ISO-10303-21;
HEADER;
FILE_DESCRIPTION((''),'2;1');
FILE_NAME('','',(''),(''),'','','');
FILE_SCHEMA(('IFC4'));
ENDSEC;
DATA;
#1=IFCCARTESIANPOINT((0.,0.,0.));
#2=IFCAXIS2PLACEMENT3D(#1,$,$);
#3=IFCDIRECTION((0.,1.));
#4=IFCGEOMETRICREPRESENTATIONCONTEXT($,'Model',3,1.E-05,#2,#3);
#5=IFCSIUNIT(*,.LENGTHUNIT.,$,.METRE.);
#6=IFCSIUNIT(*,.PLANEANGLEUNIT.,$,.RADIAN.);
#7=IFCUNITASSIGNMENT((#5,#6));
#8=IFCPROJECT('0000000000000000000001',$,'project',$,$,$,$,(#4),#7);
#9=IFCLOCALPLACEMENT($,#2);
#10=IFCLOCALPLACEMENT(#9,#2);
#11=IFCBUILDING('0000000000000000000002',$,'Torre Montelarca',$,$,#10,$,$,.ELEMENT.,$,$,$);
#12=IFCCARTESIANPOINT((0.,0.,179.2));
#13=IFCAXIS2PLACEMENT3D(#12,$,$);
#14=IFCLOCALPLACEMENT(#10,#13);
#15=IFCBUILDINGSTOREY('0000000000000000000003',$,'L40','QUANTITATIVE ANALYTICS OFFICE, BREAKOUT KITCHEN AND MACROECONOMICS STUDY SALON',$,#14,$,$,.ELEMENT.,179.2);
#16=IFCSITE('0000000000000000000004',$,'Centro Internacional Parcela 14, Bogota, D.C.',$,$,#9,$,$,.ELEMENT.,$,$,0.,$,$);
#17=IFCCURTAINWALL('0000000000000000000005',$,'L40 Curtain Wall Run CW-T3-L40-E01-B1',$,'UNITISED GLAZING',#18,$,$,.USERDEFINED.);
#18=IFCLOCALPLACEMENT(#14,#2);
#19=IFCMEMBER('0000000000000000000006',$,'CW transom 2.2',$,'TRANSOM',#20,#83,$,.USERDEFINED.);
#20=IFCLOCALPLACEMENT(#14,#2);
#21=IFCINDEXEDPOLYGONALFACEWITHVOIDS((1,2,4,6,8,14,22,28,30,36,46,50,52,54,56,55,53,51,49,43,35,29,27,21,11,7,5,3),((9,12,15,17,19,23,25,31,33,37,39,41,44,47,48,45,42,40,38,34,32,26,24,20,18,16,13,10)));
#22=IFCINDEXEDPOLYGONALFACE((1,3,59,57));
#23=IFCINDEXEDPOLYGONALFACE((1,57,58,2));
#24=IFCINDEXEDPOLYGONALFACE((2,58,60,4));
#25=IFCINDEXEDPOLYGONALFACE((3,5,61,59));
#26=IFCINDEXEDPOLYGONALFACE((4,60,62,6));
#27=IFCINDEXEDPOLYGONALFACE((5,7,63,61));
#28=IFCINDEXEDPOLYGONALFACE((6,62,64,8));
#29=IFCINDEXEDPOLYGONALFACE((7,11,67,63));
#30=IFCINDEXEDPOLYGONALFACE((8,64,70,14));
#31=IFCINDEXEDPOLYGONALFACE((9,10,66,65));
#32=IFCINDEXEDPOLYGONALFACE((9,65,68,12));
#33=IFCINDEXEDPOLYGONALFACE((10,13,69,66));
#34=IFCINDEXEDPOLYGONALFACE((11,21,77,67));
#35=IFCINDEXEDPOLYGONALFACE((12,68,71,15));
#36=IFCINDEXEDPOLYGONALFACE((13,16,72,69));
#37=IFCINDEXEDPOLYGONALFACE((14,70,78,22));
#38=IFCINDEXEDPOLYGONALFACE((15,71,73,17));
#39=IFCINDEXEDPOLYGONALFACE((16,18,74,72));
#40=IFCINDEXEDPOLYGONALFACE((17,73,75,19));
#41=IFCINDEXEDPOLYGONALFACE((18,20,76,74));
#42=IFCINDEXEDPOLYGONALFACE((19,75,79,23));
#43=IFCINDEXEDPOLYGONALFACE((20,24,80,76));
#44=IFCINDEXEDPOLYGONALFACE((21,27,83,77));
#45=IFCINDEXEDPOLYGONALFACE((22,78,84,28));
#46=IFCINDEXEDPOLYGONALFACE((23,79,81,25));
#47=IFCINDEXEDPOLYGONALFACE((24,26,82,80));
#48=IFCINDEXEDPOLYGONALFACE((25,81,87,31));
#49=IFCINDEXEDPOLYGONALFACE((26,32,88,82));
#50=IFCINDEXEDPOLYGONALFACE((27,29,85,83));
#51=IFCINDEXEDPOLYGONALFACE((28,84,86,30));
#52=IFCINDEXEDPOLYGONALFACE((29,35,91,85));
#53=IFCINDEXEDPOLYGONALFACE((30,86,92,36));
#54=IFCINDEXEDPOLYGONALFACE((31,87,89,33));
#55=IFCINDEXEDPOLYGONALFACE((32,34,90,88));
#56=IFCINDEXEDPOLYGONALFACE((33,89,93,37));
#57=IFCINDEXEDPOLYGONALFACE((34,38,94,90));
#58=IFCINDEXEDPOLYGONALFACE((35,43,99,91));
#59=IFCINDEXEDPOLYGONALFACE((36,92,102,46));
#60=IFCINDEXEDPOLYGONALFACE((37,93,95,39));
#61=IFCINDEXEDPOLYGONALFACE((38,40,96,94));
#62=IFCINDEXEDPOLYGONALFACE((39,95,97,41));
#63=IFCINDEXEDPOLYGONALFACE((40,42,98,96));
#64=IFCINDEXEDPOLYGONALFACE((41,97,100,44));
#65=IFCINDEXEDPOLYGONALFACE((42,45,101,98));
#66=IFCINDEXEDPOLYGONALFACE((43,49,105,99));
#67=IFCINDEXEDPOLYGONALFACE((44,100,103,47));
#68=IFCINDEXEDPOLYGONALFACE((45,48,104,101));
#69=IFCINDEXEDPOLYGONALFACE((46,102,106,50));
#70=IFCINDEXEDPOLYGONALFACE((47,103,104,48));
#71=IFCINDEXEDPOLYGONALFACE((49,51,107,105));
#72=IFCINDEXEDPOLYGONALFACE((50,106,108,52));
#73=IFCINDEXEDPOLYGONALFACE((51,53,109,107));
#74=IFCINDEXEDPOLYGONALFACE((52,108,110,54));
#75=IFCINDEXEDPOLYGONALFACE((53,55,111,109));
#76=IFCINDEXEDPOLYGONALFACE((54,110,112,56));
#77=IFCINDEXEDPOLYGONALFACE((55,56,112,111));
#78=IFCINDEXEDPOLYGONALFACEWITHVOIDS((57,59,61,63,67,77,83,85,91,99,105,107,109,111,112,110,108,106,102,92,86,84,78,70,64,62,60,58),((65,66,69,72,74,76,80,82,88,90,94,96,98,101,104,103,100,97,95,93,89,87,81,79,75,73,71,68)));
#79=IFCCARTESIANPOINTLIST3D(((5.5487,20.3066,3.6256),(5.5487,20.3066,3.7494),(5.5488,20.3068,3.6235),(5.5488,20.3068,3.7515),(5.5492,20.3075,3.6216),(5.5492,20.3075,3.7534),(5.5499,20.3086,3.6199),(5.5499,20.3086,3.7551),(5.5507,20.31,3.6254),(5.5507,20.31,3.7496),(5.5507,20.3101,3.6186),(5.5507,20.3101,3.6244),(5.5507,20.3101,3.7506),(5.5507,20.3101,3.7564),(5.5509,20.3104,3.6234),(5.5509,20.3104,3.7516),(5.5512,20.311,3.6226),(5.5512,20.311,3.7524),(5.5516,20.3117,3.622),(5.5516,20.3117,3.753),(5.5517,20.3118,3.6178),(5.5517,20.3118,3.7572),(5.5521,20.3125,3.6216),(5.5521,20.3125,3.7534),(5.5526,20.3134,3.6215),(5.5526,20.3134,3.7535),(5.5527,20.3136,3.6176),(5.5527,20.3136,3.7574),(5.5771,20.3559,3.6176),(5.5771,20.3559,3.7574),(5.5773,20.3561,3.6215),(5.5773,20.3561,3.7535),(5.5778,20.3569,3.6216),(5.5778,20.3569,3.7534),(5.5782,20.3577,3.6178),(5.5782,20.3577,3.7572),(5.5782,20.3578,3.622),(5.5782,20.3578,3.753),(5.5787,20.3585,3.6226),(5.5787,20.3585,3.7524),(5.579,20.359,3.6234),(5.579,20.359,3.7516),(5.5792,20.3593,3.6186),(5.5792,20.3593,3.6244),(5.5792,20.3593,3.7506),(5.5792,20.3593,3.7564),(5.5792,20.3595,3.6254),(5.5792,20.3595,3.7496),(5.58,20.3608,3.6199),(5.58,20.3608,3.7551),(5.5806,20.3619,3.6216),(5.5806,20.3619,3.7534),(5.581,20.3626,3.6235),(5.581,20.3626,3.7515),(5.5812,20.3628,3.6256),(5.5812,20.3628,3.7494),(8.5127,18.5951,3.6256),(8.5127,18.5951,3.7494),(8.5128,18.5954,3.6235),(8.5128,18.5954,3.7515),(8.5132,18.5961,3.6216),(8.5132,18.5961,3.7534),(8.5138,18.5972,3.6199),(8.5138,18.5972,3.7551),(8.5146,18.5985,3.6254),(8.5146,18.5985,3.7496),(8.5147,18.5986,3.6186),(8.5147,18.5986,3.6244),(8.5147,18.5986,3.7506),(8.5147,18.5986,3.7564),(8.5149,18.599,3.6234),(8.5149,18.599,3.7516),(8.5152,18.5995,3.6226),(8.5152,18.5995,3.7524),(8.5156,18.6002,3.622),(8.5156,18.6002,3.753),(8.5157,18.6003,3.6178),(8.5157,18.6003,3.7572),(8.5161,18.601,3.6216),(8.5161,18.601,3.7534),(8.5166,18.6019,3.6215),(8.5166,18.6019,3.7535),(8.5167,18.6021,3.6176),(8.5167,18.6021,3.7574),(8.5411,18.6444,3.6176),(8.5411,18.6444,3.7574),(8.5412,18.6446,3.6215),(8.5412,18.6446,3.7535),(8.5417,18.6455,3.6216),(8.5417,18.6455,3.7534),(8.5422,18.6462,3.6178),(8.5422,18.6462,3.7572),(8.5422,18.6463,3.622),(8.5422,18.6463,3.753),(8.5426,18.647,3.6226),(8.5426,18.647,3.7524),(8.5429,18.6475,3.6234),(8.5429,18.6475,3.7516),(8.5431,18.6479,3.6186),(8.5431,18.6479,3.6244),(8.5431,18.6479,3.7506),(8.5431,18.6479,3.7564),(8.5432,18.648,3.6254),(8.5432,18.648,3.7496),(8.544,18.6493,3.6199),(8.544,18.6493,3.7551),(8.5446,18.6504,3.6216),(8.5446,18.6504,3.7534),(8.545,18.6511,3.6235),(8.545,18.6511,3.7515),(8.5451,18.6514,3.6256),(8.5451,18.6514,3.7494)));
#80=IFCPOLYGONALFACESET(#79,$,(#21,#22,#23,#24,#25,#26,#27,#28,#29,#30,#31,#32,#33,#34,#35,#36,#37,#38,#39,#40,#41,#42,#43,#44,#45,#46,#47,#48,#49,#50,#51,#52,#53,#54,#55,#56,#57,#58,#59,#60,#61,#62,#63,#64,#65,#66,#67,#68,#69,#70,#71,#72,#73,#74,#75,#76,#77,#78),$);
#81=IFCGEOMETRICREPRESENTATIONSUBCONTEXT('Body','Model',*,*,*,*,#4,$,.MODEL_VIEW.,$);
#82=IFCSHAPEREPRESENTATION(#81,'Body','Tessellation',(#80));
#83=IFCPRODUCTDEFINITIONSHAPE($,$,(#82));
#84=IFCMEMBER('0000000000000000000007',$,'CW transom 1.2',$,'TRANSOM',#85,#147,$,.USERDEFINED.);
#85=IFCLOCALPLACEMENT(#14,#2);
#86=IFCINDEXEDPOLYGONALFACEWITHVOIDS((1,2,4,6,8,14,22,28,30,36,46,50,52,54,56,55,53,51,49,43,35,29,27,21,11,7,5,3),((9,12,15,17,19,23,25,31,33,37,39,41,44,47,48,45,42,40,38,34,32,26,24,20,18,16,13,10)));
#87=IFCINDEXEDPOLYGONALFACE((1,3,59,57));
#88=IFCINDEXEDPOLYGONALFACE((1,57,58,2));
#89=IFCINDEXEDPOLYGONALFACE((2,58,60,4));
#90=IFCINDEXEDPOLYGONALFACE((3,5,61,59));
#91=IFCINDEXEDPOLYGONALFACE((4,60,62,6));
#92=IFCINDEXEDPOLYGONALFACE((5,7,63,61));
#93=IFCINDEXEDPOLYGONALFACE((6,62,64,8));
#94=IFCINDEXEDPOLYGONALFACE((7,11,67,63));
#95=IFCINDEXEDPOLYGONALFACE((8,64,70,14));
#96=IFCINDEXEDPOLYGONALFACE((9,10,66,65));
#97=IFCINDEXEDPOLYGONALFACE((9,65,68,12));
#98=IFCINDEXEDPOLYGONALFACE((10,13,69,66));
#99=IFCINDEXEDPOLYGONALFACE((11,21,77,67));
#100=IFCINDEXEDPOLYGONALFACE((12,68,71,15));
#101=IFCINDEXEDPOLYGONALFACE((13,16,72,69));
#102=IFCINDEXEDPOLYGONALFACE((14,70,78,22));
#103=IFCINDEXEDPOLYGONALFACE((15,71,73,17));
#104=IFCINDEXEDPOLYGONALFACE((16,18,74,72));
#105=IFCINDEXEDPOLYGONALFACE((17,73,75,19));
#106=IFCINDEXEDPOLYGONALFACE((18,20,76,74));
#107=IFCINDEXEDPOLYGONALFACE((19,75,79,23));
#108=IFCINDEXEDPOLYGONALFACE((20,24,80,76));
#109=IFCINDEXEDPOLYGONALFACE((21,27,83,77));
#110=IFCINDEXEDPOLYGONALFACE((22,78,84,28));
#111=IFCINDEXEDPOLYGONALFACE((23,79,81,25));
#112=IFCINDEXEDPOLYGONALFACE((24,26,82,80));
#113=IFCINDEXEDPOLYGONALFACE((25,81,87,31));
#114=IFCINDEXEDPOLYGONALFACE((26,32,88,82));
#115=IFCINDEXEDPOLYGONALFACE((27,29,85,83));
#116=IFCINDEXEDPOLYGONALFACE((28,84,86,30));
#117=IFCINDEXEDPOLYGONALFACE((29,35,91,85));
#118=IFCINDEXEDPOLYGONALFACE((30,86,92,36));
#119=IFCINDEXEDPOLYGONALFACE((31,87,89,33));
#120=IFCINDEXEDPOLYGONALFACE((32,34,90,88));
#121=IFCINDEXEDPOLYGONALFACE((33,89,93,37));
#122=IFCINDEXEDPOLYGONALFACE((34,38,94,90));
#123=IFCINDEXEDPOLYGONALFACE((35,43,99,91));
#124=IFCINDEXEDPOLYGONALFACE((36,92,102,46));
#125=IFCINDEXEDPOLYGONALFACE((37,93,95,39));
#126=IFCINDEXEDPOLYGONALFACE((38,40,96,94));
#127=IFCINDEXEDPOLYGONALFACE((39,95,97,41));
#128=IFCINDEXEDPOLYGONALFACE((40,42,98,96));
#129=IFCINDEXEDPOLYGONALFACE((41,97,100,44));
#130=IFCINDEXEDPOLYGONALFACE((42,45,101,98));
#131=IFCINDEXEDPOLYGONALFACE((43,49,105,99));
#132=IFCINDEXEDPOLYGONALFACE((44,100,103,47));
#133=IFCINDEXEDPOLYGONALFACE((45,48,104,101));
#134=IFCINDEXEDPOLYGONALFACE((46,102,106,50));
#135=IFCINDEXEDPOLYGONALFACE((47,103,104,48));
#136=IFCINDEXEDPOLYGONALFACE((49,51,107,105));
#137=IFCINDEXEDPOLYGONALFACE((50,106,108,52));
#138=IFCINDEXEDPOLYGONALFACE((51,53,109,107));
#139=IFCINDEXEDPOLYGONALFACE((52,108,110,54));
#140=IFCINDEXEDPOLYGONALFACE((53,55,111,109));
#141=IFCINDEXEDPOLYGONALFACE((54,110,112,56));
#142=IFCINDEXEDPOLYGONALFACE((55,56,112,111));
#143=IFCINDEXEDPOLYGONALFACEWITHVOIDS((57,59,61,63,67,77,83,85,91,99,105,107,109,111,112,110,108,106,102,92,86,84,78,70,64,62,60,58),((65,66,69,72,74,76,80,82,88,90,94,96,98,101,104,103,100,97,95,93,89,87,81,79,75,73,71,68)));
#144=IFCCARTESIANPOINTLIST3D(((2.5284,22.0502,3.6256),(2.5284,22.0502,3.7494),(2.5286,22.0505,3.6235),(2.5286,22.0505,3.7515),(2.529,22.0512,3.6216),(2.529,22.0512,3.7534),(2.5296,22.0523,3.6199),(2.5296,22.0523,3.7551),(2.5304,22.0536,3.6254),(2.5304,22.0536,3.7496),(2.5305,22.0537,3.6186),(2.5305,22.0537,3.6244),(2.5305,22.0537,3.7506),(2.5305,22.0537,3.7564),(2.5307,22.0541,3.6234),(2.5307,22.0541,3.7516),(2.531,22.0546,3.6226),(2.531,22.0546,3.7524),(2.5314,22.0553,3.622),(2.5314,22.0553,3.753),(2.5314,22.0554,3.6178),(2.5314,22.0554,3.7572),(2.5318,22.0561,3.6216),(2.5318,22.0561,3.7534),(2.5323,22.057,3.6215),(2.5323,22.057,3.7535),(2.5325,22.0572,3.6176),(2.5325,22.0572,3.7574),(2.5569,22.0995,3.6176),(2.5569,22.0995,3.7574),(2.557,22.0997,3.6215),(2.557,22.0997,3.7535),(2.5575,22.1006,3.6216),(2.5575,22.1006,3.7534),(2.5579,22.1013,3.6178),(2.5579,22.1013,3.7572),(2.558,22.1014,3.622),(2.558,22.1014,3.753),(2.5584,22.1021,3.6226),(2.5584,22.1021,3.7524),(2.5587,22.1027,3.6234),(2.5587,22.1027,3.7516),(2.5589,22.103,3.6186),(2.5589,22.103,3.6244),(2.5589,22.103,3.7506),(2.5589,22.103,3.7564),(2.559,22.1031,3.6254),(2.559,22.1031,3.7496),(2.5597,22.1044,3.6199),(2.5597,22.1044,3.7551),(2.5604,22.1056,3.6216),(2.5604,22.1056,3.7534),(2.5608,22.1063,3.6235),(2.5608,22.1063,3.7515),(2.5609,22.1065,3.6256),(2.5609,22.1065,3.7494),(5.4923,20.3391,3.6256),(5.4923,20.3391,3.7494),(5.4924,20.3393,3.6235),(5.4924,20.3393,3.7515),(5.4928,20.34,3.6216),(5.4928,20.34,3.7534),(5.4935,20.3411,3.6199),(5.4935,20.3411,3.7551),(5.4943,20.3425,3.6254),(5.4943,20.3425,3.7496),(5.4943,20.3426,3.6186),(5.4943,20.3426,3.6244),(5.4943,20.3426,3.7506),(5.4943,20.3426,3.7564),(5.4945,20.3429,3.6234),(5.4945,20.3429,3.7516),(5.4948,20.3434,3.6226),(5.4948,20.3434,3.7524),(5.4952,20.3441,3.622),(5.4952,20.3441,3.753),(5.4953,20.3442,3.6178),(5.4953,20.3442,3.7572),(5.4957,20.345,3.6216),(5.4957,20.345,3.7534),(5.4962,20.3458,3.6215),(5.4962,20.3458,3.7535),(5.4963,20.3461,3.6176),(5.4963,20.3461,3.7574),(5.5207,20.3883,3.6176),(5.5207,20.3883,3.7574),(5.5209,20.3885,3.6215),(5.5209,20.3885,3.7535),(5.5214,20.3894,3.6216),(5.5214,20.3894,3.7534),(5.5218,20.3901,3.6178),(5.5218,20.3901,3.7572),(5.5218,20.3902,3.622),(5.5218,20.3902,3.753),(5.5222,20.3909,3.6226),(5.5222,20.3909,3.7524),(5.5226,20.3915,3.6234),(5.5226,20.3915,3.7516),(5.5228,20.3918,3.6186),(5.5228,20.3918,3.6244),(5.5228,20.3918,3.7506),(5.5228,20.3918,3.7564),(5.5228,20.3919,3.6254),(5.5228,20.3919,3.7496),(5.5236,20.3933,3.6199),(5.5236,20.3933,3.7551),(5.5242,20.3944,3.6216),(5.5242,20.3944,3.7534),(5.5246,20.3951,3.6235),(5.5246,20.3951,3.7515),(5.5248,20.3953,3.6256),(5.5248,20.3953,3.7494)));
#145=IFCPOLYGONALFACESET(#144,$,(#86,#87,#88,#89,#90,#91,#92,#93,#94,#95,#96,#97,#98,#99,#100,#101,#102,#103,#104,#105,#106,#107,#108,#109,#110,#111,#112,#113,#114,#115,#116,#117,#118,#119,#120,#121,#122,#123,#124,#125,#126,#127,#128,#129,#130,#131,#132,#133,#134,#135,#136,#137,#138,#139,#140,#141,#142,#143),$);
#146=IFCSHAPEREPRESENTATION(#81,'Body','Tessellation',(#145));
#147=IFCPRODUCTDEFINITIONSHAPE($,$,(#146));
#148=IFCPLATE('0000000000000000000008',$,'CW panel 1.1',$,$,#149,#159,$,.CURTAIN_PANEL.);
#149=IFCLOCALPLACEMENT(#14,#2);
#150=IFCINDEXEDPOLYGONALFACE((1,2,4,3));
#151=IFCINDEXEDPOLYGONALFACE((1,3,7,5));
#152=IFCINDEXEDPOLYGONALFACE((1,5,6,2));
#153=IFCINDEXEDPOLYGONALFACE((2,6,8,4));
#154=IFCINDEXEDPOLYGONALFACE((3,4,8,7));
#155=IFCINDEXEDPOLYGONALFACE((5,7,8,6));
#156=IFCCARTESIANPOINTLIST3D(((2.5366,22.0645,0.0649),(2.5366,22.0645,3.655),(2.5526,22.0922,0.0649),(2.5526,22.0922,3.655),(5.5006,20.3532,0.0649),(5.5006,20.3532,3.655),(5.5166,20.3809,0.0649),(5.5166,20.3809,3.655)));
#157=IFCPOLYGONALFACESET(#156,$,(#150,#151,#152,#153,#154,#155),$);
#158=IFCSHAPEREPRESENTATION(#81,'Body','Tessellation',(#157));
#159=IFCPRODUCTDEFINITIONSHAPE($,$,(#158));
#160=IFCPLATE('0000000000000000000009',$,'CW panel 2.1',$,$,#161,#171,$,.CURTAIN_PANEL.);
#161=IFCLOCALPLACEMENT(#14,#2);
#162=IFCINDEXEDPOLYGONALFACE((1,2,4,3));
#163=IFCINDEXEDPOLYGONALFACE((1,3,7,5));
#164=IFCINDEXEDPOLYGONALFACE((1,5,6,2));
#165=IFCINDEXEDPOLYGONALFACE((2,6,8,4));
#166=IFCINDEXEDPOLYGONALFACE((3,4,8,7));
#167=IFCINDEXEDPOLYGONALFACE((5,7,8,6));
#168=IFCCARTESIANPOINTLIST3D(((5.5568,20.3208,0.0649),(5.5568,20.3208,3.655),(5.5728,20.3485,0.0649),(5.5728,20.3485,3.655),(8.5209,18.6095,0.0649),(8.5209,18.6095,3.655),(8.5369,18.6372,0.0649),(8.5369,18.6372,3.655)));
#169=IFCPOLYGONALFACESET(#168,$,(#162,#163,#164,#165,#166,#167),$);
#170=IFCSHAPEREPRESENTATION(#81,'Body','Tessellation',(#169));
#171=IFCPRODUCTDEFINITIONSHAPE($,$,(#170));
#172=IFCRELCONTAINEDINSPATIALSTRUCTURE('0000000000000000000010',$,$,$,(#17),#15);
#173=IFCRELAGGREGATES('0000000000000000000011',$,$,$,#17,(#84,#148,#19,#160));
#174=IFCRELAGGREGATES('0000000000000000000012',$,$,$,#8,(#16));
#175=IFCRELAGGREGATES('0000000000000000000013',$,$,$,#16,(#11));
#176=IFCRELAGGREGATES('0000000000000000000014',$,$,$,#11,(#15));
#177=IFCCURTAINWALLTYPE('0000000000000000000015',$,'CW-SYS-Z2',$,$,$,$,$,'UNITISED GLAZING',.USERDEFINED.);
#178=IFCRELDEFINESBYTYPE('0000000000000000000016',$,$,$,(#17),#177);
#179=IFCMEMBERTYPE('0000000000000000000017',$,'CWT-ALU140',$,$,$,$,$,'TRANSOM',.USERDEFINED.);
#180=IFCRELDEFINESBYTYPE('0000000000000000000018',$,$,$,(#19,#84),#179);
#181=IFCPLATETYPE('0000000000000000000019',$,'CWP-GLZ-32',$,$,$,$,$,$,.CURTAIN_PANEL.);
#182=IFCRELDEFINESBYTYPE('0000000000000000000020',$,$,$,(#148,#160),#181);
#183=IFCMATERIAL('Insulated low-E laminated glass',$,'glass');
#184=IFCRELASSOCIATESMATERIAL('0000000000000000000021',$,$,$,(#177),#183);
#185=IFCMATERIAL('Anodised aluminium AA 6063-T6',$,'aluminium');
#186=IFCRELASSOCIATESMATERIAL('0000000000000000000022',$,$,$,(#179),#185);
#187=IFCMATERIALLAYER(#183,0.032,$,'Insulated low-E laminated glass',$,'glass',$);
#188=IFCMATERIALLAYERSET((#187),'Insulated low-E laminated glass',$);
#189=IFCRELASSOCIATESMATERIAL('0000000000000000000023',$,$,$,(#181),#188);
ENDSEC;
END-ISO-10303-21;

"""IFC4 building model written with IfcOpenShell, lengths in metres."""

from ifc_helpers import new_model, si_unit, direction, frame, origin, origin_2d, place, context, subcontext, project, spatial, rectangle, hollow_rectangle, extrude, source, transform, mapped, material, layer, layer_set, material_profile, profile_set, type_object, element, aggregate, save


model = new_model("IFC4")

# Units and contexts
model_context = context("Model", 3, precision=1e-05, world=origin(), true_north=direction((0.0, 1.0)))
body_context = subcontext(model_context, "Body", "Model", "MODEL_VIEW")
ifc_project = project(units=[si_unit("LENGTHUNIT", "METRE"), si_unit("PLANEANGLEUNIT", "RADIAN")], contexts=[model_context])

# Site, building, storey
site_placement = place(None, origin())
site = spatial("IfcSite", under=ifc_project, at=site_placement, Name="Centro Internacional Parcela 14, Bogota, D.C.", CompositionType="ELEMENT", RefElevation=0.0)
building_placement = place(site_placement, origin())
building = spatial("IfcBuilding", under=site, at=building_placement, Name="Torre Montelarca", CompositionType="ELEMENT")
storey_placement = place(building_placement, frame((0.0, 0.0, 179.2)))
storey = spatial("IfcBuildingStorey", under=building, at=storey_placement, Name="L40", Description="QUANTITATIVE ANALYTICS OFFICE, BREAKOUT KITCHEN AND MACROECONOMICS STUDY SALON", CompositionType="ELEMENT", Elevation=179.2)

# Curtain wall, members, plates
ifc_material_1 = material(Name="Insulated low-E laminated glass", Category="glass")
curtain_wall_type = type_object("IfcCurtainWallType", Name="CW-SYS-Z2", ElementType="UNITISED GLAZING", PredefinedType="USERDEFINED", material=ifc_material_1)
curtain_wall_placement = place(storey_placement, origin())
curtain_wall = element("IfcCurtainWall", 1, at=curtain_wall_placement, inside=storey, type_object=curtain_wall_type, Name="L40 Curtain Wall Run CW-T3-L40-E01-B1", ObjectType="UNITISED GLAZING", PredefinedType="USERDEFINED")
ifc_material_2 = material(Name="Anodised aluminium AA 6063-T6", Category="aluminium")
ifc_material_profile_1 = material_profile(ifc_material_2, hollow_rectangle(XDim=0.0649, YDim=0.1399, WallThickness=0.0039, InnerFilletRadius=0.0039, OuterFilletRadius=0.0081, at=origin_2d()), Name="ALU65X140X4", Category="aluminium")
ifc_profile_set_1 = profile_set([ifc_material_profile_1], Name="Anodised aluminium AA 6063-T6")
member_type_1 = type_object("IfcMemberType", Name="CWT-ALU140", ElementType="TRANSOM", PredefinedType="USERDEFINED", material=ifc_profile_set_1)
shared_shape_1 = source(origin(), body_context, "Body", "SweptSolid", [
    extrude(hollow_rectangle(XDim=0.0649, YDim=0.1399, WallThickness=0.0039, InnerFilletRadius=0.0039, OuterFilletRadius=0.0081, at=origin_2d()), origin(), (0.0, 0.0, 1.0), 3.4226),
])
member_1_placement = place(storey_placement, frame((5.5649, 20.3347, 3.6875), z_axis=(0.865996, -0.500052, 0.0), x_axis=(0.500052, 0.865996, 0.0)))
member_1 = element("IfcMember", 2, at=member_1_placement, type_object=member_type_1, Name="CW transom 2.2", ObjectType="TRANSOM", PredefinedType="USERDEFINED", context=body_context, shape_type="MappedRepresentation", body=[
    mapped(shared_shape_1, transform((0.0, 0.0, 0.0), scale=1.0)),
])
shared_shape_2 = source(origin(), body_context, "Body", "SweptSolid", [
    extrude(hollow_rectangle(XDim=0.0649, YDim=0.1399, WallThickness=0.0039, InnerFilletRadius=0.0039, OuterFilletRadius=0.0081, at=origin_2d()), origin(), (0.0, 0.0, 1.0), 3.4224),
])
member_2_placement = place(storey_placement, frame((2.5447, 22.0784, 3.6875), z_axis=(0.866026, -0.499998, 0.0), x_axis=(0.499998, 0.866026, 0.0)))
member_2 = element("IfcMember", 3, at=member_2_placement, type_object=member_type_1, Name="CW transom 1.2", ObjectType="TRANSOM", PredefinedType="USERDEFINED", context=body_context, shape_type="MappedRepresentation", body=[
    mapped(shared_shape_2, transform((0.0, 0.0, 0.0), scale=1.0)),
])
ifc_layer_1 = layer(ifc_material_1, 0.032, Name="Insulated low-E laminated glass", Category="glass")
ifc_layer_set_1 = layer_set([ifc_layer_1], Name="Insulated low-E laminated glass")
plate_type = type_object("IfcPlateType", Name="CWP-GLZ-32", PredefinedType="CURTAIN_PANEL", material=ifc_layer_set_1)
shared_shape_3 = source(origin(), body_context, "Body", "SweptSolid", [
    extrude(rectangle(XDim=3.4226, YDim=0.032, at=origin_2d()), origin(), (0.0, 0.0, 1.0), 3.5901),
])
plate_1_placement = place(storey_placement, frame((4.0266, 21.2227, 0.0649), z_axis=(0.0, 0.0, 1.0), x_axis=(0.866025, -0.500001, 0.0)))
plate_1 = element("IfcPlate", 4, at=plate_1_placement, type_object=plate_type, Name="CW panel 1.1", PredefinedType="CURTAIN_PANEL", context=body_context, shape_type="MappedRepresentation", body=[
    mapped(shared_shape_3, transform((0.0, 0.0, 0.0), scale=1.0)),
])
plate_2_placement = place(storey_placement, frame((7.0469, 19.479, 0.0649), z_axis=(0.0, 0.0, 1.0), x_axis=(0.866025, -0.500001, 0.0)))
plate_2 = element("IfcPlate", 5, at=plate_2_placement, type_object=plate_type, Name="CW panel 2.1", PredefinedType="CURTAIN_PANEL", context=body_context, shape_type="MappedRepresentation", body=[
    mapped(shared_shape_3, transform((0.0, 0.0, 0.0), scale=1.0)),
])
aggregate(curtain_wall, [member_2, plate_1, member_1, plate_2])

save(model, "model.ifc")
